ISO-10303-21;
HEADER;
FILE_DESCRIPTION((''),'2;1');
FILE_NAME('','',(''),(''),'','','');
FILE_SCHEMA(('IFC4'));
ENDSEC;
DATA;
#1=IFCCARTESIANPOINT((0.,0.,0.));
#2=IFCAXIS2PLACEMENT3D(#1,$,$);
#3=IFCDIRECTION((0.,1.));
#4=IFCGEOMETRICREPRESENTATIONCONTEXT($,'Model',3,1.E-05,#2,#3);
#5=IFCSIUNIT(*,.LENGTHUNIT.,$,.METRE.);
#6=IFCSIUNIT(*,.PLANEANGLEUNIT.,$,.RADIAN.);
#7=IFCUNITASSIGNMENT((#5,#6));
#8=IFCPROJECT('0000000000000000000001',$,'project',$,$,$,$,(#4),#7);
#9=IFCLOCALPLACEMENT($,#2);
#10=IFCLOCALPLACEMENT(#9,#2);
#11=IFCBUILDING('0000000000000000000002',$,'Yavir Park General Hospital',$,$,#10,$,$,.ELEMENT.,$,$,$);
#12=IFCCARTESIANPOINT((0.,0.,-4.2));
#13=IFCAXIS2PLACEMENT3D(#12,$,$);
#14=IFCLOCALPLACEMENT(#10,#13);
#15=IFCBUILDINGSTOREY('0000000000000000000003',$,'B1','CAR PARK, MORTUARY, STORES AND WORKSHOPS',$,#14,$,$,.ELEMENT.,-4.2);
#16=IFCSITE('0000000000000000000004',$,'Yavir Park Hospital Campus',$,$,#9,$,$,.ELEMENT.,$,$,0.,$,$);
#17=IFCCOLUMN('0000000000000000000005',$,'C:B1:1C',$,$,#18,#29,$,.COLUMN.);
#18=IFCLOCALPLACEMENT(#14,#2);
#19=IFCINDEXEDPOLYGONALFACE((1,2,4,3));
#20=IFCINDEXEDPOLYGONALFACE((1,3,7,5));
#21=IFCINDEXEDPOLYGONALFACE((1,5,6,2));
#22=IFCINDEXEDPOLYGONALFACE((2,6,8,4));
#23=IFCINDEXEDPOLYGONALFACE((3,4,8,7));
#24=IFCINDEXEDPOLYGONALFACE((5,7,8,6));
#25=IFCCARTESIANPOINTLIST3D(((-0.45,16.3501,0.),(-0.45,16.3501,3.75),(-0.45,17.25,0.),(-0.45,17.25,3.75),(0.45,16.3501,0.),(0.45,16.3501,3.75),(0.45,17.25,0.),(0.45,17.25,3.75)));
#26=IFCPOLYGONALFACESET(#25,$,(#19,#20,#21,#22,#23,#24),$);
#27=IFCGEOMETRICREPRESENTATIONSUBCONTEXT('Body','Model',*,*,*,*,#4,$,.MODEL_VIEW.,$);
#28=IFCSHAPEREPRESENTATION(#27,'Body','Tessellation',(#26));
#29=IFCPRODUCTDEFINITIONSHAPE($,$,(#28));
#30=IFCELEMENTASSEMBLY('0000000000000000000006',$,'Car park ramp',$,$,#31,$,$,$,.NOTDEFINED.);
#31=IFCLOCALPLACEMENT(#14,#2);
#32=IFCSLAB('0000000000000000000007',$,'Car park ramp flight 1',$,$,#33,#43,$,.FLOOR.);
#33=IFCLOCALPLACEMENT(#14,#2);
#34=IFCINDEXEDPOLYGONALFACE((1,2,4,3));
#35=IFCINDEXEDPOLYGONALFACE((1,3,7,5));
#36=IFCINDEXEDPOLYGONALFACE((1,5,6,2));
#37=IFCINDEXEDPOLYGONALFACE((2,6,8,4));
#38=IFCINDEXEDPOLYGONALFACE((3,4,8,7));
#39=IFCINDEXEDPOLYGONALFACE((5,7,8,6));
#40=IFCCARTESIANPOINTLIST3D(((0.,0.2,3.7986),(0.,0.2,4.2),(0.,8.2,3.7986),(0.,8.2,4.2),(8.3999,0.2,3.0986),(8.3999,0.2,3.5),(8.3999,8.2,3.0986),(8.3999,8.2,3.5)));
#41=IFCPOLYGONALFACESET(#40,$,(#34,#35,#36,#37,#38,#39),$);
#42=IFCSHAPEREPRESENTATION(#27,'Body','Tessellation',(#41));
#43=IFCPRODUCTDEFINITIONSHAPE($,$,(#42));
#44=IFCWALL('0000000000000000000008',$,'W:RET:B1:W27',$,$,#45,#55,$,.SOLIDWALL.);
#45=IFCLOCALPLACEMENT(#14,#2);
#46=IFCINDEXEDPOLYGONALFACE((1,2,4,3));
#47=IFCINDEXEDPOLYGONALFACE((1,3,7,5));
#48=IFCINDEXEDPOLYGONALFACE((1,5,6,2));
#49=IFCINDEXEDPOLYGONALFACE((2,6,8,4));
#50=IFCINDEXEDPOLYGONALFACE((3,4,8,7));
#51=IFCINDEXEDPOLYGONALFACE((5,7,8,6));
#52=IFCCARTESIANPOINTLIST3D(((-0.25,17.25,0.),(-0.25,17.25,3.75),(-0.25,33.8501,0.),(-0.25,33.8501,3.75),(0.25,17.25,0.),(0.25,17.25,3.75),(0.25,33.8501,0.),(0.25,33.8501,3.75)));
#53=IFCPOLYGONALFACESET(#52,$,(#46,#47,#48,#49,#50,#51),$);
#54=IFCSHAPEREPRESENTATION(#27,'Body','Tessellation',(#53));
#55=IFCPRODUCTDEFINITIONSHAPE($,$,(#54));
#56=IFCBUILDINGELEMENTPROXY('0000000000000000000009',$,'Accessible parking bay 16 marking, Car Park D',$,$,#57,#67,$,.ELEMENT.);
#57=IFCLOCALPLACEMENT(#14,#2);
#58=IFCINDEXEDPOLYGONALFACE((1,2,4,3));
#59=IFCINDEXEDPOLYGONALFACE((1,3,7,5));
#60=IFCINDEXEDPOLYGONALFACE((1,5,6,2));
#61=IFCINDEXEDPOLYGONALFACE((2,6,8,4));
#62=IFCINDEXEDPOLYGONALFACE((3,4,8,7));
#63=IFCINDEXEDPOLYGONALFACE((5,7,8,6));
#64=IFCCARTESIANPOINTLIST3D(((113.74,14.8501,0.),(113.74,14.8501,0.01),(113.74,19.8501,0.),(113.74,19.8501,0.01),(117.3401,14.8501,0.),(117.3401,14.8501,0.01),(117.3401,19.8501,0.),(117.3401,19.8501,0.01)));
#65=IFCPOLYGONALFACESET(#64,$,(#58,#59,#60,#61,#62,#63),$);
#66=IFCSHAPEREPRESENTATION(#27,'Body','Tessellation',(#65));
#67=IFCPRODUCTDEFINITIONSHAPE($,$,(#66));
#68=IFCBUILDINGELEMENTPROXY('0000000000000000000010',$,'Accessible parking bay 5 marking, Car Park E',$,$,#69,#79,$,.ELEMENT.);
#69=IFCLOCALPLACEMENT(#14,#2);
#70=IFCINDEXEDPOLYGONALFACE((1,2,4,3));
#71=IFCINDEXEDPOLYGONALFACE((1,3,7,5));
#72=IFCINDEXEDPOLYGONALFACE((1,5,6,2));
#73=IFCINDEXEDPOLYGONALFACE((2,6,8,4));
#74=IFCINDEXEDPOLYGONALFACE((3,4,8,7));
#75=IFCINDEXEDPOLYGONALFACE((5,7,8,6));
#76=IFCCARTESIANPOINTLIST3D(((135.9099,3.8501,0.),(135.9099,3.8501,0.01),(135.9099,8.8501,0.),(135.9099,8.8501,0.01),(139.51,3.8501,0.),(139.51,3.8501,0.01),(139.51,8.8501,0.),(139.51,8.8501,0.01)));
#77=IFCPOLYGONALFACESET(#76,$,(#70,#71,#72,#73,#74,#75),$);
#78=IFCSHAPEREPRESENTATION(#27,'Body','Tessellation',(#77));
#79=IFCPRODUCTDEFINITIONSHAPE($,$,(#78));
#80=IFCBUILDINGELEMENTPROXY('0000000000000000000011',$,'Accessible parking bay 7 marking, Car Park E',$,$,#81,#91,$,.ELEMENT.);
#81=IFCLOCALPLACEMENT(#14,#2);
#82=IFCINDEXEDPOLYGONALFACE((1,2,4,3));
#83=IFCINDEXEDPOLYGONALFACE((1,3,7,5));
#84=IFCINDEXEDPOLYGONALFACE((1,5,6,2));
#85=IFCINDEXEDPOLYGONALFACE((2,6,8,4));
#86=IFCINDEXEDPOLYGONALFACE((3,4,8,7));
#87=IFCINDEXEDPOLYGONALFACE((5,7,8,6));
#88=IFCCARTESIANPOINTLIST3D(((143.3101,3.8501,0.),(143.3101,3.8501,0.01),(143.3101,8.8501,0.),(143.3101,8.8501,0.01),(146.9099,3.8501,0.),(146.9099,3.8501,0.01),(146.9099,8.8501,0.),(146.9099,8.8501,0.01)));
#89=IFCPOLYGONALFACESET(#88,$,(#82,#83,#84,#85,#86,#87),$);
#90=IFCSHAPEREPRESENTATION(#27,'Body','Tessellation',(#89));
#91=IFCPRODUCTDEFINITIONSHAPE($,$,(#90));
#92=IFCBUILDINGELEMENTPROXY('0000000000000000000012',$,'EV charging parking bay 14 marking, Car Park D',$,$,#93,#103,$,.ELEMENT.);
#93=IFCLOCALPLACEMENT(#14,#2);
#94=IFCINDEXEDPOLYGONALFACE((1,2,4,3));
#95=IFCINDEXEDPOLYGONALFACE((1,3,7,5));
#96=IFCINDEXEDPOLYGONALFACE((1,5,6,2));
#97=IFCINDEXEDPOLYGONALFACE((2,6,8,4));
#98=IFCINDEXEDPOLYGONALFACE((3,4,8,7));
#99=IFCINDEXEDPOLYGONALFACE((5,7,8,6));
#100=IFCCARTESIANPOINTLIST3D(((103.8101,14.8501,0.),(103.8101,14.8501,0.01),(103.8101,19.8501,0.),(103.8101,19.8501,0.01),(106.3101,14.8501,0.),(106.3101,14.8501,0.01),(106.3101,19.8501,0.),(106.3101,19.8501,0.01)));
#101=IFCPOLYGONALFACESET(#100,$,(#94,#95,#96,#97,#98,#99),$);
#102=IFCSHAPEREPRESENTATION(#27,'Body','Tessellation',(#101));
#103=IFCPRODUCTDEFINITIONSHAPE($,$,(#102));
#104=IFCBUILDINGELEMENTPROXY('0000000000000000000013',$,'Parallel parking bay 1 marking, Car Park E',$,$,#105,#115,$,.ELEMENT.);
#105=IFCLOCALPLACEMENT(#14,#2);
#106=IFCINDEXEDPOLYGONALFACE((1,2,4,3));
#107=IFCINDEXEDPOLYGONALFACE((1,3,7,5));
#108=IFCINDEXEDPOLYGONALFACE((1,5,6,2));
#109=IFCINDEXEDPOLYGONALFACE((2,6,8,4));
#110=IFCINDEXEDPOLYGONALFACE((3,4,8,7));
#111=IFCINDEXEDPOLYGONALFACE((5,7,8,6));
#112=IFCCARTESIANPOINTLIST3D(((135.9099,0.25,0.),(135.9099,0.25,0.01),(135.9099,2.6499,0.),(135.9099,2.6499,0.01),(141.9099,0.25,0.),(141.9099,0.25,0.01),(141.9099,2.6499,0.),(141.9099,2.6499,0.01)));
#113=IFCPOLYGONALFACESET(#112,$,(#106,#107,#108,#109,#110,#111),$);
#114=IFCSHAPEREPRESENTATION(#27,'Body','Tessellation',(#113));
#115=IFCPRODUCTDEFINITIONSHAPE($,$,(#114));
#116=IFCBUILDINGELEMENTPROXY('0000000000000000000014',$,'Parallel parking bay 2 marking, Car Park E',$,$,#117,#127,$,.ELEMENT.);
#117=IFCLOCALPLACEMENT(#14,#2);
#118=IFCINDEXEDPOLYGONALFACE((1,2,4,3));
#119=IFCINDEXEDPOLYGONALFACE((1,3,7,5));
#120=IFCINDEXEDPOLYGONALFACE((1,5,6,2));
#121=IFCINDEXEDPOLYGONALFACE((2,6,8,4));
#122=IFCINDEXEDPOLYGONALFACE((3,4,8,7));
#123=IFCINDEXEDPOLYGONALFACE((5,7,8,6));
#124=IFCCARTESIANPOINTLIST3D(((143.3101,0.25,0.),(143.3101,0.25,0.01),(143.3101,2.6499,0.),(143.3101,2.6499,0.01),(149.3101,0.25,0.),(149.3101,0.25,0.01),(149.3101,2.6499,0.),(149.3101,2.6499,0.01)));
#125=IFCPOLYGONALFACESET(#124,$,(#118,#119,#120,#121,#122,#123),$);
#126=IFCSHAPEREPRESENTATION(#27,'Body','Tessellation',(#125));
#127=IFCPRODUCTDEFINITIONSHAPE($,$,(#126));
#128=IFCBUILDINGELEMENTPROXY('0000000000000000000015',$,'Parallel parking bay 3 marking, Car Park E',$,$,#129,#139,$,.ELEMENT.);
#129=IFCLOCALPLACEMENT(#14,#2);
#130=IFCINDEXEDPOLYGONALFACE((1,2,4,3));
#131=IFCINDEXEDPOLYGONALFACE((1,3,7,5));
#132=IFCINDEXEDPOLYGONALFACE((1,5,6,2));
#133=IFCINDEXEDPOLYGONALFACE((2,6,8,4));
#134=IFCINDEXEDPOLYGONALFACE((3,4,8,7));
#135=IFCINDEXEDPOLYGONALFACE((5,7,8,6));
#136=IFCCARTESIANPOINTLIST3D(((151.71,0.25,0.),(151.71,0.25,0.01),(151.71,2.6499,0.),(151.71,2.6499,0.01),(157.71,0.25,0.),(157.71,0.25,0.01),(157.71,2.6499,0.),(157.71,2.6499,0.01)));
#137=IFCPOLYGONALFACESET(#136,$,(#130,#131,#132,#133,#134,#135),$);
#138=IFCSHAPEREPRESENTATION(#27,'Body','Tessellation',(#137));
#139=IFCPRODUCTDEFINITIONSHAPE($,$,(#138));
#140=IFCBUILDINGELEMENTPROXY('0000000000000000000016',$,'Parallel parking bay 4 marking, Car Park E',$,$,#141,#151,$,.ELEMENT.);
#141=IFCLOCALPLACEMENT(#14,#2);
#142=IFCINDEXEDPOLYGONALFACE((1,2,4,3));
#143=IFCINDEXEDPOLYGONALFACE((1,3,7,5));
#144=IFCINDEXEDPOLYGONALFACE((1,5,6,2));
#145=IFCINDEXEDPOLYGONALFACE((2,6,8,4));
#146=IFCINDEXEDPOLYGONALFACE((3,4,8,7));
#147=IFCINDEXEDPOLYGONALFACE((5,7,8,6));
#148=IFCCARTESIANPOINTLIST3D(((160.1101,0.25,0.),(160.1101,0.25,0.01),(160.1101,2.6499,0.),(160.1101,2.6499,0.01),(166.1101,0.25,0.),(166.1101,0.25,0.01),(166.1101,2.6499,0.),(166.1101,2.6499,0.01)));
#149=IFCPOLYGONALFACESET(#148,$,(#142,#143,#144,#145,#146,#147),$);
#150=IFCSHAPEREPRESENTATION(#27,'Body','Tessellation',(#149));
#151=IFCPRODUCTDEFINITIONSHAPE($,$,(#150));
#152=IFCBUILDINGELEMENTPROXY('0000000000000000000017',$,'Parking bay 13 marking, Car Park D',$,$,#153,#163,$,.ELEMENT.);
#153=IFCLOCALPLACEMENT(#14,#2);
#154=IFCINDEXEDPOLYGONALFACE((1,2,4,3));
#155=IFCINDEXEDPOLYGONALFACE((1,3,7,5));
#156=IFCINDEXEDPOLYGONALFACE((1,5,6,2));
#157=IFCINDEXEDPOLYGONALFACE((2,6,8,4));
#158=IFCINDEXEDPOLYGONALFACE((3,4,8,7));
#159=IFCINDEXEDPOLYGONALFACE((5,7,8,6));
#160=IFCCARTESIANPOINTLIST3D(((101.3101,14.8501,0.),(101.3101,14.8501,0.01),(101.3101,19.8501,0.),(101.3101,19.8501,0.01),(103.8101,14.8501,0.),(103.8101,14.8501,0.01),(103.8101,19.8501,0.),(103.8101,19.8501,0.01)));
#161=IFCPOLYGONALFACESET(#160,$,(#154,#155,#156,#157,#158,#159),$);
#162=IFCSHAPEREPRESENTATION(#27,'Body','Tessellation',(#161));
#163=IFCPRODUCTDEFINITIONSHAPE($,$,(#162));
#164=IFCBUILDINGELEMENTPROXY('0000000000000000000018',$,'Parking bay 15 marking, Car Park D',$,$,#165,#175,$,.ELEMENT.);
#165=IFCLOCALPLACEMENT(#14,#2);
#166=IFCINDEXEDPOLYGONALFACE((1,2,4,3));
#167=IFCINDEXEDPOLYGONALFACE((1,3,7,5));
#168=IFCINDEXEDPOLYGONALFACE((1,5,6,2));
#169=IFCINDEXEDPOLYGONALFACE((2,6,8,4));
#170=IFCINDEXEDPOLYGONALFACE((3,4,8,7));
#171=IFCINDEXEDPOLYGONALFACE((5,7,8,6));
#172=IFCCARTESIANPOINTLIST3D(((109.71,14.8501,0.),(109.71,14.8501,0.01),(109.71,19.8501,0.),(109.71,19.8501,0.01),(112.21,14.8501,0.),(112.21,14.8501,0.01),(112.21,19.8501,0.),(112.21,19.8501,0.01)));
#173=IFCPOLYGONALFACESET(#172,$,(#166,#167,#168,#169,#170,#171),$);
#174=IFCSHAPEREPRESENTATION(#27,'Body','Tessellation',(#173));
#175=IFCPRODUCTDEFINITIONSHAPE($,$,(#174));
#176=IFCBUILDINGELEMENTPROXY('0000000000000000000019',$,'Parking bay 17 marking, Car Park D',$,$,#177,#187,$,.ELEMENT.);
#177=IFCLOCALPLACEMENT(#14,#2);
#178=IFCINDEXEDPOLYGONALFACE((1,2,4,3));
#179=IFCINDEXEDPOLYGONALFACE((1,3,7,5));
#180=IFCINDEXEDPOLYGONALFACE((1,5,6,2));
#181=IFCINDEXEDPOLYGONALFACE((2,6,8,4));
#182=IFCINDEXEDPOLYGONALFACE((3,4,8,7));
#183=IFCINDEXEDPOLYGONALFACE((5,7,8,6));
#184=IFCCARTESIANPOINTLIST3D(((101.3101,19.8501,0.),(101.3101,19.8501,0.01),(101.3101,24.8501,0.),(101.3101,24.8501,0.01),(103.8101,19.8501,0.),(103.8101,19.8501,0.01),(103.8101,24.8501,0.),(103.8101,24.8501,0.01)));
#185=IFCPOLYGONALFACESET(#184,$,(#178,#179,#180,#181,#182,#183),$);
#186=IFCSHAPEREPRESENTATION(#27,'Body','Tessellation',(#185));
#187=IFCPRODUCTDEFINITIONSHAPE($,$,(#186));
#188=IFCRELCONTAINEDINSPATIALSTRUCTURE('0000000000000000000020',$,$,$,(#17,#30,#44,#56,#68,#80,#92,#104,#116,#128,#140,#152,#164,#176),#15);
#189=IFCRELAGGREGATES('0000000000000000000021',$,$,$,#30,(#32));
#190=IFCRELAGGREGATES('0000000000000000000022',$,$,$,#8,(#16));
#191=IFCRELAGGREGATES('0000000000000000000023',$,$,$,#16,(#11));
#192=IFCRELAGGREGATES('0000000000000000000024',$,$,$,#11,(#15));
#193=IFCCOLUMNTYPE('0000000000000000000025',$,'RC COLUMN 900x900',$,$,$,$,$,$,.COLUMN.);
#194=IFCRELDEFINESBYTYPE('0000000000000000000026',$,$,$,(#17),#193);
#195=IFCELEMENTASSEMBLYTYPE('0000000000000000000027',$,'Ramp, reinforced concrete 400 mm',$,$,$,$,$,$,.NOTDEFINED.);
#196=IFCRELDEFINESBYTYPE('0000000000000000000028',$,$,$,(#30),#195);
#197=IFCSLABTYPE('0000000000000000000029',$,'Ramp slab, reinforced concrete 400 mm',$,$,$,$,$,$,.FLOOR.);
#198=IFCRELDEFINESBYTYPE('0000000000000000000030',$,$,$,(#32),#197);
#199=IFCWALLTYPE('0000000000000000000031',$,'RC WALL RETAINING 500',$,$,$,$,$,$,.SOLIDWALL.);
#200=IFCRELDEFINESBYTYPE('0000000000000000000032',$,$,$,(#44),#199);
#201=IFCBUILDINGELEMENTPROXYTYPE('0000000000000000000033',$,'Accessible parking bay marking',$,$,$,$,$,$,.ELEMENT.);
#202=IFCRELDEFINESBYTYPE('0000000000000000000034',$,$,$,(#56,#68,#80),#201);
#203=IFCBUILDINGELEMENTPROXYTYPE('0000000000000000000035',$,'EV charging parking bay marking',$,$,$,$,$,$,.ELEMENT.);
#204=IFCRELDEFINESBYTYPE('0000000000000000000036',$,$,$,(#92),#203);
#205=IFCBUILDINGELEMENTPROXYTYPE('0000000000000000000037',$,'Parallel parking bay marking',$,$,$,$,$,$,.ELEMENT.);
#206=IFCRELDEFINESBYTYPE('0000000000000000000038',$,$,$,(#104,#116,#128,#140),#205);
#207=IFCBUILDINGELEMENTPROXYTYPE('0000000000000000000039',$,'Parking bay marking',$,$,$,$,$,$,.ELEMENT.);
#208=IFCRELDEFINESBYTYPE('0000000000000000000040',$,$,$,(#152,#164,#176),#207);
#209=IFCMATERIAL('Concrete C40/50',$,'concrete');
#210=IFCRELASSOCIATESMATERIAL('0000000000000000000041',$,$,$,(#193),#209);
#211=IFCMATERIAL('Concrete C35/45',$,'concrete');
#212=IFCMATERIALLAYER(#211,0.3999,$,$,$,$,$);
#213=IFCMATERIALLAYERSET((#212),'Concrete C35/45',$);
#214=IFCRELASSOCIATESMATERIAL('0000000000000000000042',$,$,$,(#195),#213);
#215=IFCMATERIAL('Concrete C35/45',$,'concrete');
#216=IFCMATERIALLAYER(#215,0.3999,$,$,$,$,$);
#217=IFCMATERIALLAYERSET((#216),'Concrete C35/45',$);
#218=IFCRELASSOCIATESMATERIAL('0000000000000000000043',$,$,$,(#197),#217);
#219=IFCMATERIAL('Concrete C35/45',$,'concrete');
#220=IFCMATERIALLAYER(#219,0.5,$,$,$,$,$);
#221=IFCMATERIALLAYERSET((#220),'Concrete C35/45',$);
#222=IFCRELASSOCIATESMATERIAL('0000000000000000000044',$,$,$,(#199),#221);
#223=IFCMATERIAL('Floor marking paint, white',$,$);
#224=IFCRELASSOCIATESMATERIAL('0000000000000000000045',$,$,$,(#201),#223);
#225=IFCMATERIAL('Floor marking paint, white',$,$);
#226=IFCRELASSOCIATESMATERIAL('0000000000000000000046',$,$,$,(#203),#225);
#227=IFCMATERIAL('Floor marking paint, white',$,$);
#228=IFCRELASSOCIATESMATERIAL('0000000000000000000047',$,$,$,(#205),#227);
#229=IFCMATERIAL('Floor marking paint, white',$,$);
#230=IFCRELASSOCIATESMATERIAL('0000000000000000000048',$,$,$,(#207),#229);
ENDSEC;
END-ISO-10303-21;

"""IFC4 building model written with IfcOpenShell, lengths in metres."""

from ifc_helpers import new_model, si_unit, direction, frame, frame_2d, origin, origin_2d, place, context, subcontext, project, spatial, polyline, rectangle, outline, extrude, material, layer, layer_set, material_profile, profile_set, type_object, element, aggregate, save


model = new_model("IFC4")

# Units and contexts
model_context = context("Model", 3, precision=1e-05, world=origin(), true_north=direction((0.0, 1.0)))
body_context = subcontext(model_context, "Body", "Model", "MODEL_VIEW")
ifc_project = project(units=[si_unit("LENGTHUNIT", "METRE"), si_unit("PLANEANGLEUNIT", "RADIAN")], contexts=[model_context])

# Site, building, storey
site_placement = place(None, origin())
site = spatial("IfcSite", under=ifc_project, at=site_placement, Name="Yavir Park Hospital Campus", CompositionType="ELEMENT", RefElevation=0.0)
building_placement = place(site_placement, origin())
building = spatial("IfcBuilding", under=site, at=building_placement, Name="Yavir Park General Hospital", CompositionType="ELEMENT")
storey_placement = place(building_placement, frame((0.0, 0.0, -4.2)))
storey = spatial("IfcBuildingStorey", under=building, at=storey_placement, Name="B1", Description="CAR PARK, MORTUARY, STORES AND WORKSHOPS", CompositionType="ELEMENT", Elevation=-4.2)

# Column
ifc_material_1 = material(Name="Concrete C40/50", Category="concrete")
ifc_material_profile = material_profile(ifc_material_1, rectangle(XDim=0.8999, YDim=0.8999, at=origin_2d()), Name="RC900x900")
ifc_profile_set = profile_set([ifc_material_profile], Name="Concrete C40/50")
column_type = type_object("IfcColumnType", Name="RC COLUMN 900x900", PredefinedType="COLUMN", material=ifc_profile_set)
column_placement = place(storey_placement, frame((0.0, 16.8, 0.0), z_axis=(0.0, 0.0, 1.0), x_axis=(1.0, 0.0, 0.0)))
element("IfcColumn", 1, at=column_placement, inside=storey, type_object=column_type, Name="C:B1:1C", PredefinedType="COLUMN", context=body_context, shape_type="SweptSolid", body=[
    extrude(rectangle(XDim=0.8999, YDim=0.8999, at=origin_2d()), origin(), (0.0, 0.0, 1.0), 3.75),
])

# Element assembly, slab
ifc_material_2 = material(Name="Concrete C35/45", Category="concrete")
ifc_layer_1 = layer(ifc_material_2, 0.3999)
ifc_layer_set_1 = layer_set([ifc_layer_1], Name="Concrete C35/45")
element_assembly_type = type_object("IfcElementAssemblyType", Name="Ramp, reinforced concrete 400 mm", PredefinedType="NOTDEFINED", material=ifc_layer_set_1)
assembly_placement = place(storey_placement, origin())
assembly = element("IfcElementAssembly", 2, at=assembly_placement, inside=storey, type_object=element_assembly_type, Name="Car park ramp", PredefinedType="NOTDEFINED")
ifc_material_3 = material(Name="Concrete C35/45", Category="concrete")
ifc_layer_2 = layer(ifc_material_3, 0.3999)
ifc_layer_set_2 = layer_set([ifc_layer_2], Name="Concrete C35/45")
slab_type = type_object("IfcSlabType", Name="Ramp slab, reinforced concrete 400 mm", PredefinedType="FLOOR", material=ifc_layer_set_2)
slab_placement = place(storey_placement, frame((0.0, 0.2, 4.2), z_axis=(0.0, 0.0, 1.0), x_axis=(1.0, 0.0, 0.0)))
slab = element("IfcSlab", 3, at=slab_placement, type_object=slab_type, Name="Car park ramp flight 1", PredefinedType="FLOOR", context=body_context, shape_type="SweptSolid", body=[
    extrude(outline(polyline([(0.0, 0.0), (8.3999, -0.7), (8.3999, -1.1013), (0.0, -0.4014), (0.0, 0.0)])), frame((0.0, 8.0, 0.0), z_axis=(0.0, -1.0, 0.0), x_axis=(1.0, 0.0, 0.0)), (0.0, 0.0, 1.0), 8.0),
])
aggregate(assembly, [slab])

# Wall
ifc_material_4 = material(Name="Concrete C35/45", Category="concrete")
ifc_layer_3 = layer(ifc_material_4, 0.5)
ifc_layer_set_3 = layer_set([ifc_layer_3], Name="Concrete C35/45")
wall_type = type_object("IfcWallType", Name="RC WALL RETAINING 500", PredefinedType="SOLIDWALL", material=ifc_layer_set_3)
wall_placement = place(storey_placement, frame((0.0, 17.25, 0.0), z_axis=(0.0, 0.0, 1.0), x_axis=(0.0, 1.0, 0.0)))
element("IfcWall", 4, at=wall_placement, inside=storey, type_object=wall_type, Name="W:RET:B1:W27", PredefinedType="SOLIDWALL", context=body_context, shape_type="SweptSolid", body=[
    extrude(rectangle(XDim=16.6001, YDim=0.5, at=frame_2d((8.3, 0.0))), origin(), (0.0, 0.0, 1.0), 3.75),
])

# Building element proxies
ifc_material_5 = material(Name="Floor marking paint, white")
building_element_proxy_type_1 = type_object("IfcBuildingElementProxyType", Name="Accessible parking bay marking", PredefinedType="ELEMENT", material=ifc_material_5)
proxy_1_placement = place(storey_placement, origin())
element("IfcBuildingElementProxy", 5, at=proxy_1_placement, inside=storey, type_object=building_element_proxy_type_1, Name="Accessible parking bay 16 marking, Car Park D", PredefinedType="ELEMENT", context=body_context, shape_type="SweptSolid", body=[
    extrude(outline(polyline([(113.74, 14.8501), (117.3401, 14.8501), (117.3401, 19.8501), (113.74, 19.8501), (113.74, 14.8501)])), origin(), (0.0, 0.0, 1.0), 0.01),
])
proxy_2_placement = place(storey_placement, origin())
element("IfcBuildingElementProxy", 6, at=proxy_2_placement, inside=storey, type_object=building_element_proxy_type_1, Name="Accessible parking bay 5 marking, Car Park E", PredefinedType="ELEMENT", context=body_context, shape_type="SweptSolid", body=[
    extrude(outline(polyline([(135.9099, 3.8501), (139.51, 3.8501), (139.51, 8.8501), (135.9099, 8.8501), (135.9099, 3.8501)])), origin(), (0.0, 0.0, 1.0), 0.01),
])
proxy_3_placement = place(storey_placement, origin())
element("IfcBuildingElementProxy", 7, at=proxy_3_placement, inside=storey, type_object=building_element_proxy_type_1, Name="Accessible parking bay 7 marking, Car Park E", PredefinedType="ELEMENT", context=body_context, shape_type="SweptSolid", body=[
    extrude(outline(polyline([(143.3101, 3.8501), (146.9099, 3.8501), (146.9099, 8.8501), (143.3101, 8.8501), (143.3101, 3.8501)])), origin(), (0.0, 0.0, 1.0), 0.01),
])
ifc_material_6 = material(Name="Floor marking paint, white")
building_element_proxy_type_2 = type_object("IfcBuildingElementProxyType", Name="EV charging parking bay marking", PredefinedType="ELEMENT", material=ifc_material_6)
proxy_4_placement = place(storey_placement, origin())
element("IfcBuildingElementProxy", 8, at=proxy_4_placement, inside=storey, type_object=building_element_proxy_type_2, Name="EV charging parking bay 14 marking, Car Park D", PredefinedType="ELEMENT", context=body_context, shape_type="SweptSolid", body=[
    extrude(outline(polyline([(103.8101, 14.8501), (106.3101, 14.8501), (106.3101, 19.8501), (103.8101, 19.8501), (103.8101, 14.8501)])), origin(), (0.0, 0.0, 1.0), 0.01),
])
ifc_material_7 = material(Name="Floor marking paint, white")
building_element_proxy_type_3 = type_object("IfcBuildingElementProxyType", Name="Parallel parking bay marking", PredefinedType="ELEMENT", material=ifc_material_7)
proxy_5_placement = place(storey_placement, origin())
element("IfcBuildingElementProxy", 9, at=proxy_5_placement, inside=storey, type_object=building_element_proxy_type_3, Name="Parallel parking bay 1 marking, Car Park E", PredefinedType="ELEMENT", context=body_context, shape_type="SweptSolid", body=[
    extrude(outline(polyline([(135.9099, 2.6499), (135.9099, 0.25), (141.9099, 0.25), (141.9099, 2.6499), (135.9099, 2.6499)])), origin(), (0.0, 0.0, 1.0), 0.01),
])
proxy_6_placement = place(storey_placement, origin())
element("IfcBuildingElementProxy", 10, at=proxy_6_placement, inside=storey, type_object=building_element_proxy_type_3, Name="Parallel parking bay 2 marking, Car Park E", PredefinedType="ELEMENT", context=body_context, shape_type="SweptSolid", body=[
    extrude(outline(polyline([(143.3101, 2.6499), (143.3101, 0.25), (149.3101, 0.25), (149.3101, 2.6499), (143.3101, 2.6499)])), origin(), (0.0, 0.0, 1.0), 0.01),
])
proxy_7_placement = place(storey_placement, origin())
element("IfcBuildingElementProxy", 11, at=proxy_7_placement, inside=storey, type_object=building_element_proxy_type_3, Name="Parallel parking bay 3 marking, Car Park E", PredefinedType="ELEMENT", context=body_context, shape_type="SweptSolid", body=[
    extrude(outline(polyline([(151.71, 2.6499), (151.71, 0.25), (157.71, 0.25), (157.71, 2.6499), (151.71, 2.6499)])), origin(), (0.0, 0.0, 1.0), 0.01),
])
proxy_8_placement = place(storey_placement, origin())
element("IfcBuildingElementProxy", 12, at=proxy_8_placement, inside=storey, type_object=building_element_proxy_type_3, Name="Parallel parking bay 4 marking, Car Park E", PredefinedType="ELEMENT", context=body_context, shape_type="SweptSolid", body=[
    extrude(outline(polyline([(160.1101, 2.6499), (160.1101, 0.25), (166.1101, 0.25), (166.1101, 2.6499), (160.1101, 2.6499)])), origin(), (0.0, 0.0, 1.0), 0.01),
])
ifc_material_8 = material(Name="Floor marking paint, white")
building_element_proxy_type_4 = type_object("IfcBuildingElementProxyType", Name="Parking bay marking", PredefinedType="ELEMENT", material=ifc_material_8)
proxy_9_placement = place(storey_placement, origin())
element("IfcBuildingElementProxy", 13, at=proxy_9_placement, inside=storey, type_object=building_element_proxy_type_4, Name="Parking bay 13 marking, Car Park D", PredefinedType="ELEMENT", context=body_context, shape_type="SweptSolid", body=[
    extrude(outline(polyline([(101.3101, 14.8501), (103.8101, 14.8501), (103.8101, 19.8501), (101.3101, 19.8501), (101.3101, 14.8501)])), origin(), (0.0, 0.0, 1.0), 0.01),
])
proxy_10_placement = place(storey_placement, origin())
element("IfcBuildingElementProxy", 14, at=proxy_10_placement, inside=storey, type_object=building_element_proxy_type_4, Name="Parking bay 15 marking, Car Park D", PredefinedType="ELEMENT", context=body_context, shape_type="SweptSolid", body=[
    extrude(outline(polyline([(109.71, 14.8501), (112.21, 14.8501), (112.21, 19.8501), (109.71, 19.8501), (109.71, 14.8501)])), origin(), (0.0, 0.0, 1.0), 0.01),
])
proxy_11_placement = place(storey_placement, origin())
element("IfcBuildingElementProxy", 15, at=proxy_11_placement, inside=storey, type_object=building_element_proxy_type_4, Name="Parking bay 17 marking, Car Park D", PredefinedType="ELEMENT", context=body_context, shape_type="SweptSolid", body=[
    extrude(outline(polyline([(101.3101, 19.8501), (103.8101, 19.8501), (103.8101, 24.8501), (101.3101, 24.8501), (101.3101, 19.8501)])), origin(), (0.0, 0.0, 1.0), 0.01),
])

save(model, "model.ifc")
